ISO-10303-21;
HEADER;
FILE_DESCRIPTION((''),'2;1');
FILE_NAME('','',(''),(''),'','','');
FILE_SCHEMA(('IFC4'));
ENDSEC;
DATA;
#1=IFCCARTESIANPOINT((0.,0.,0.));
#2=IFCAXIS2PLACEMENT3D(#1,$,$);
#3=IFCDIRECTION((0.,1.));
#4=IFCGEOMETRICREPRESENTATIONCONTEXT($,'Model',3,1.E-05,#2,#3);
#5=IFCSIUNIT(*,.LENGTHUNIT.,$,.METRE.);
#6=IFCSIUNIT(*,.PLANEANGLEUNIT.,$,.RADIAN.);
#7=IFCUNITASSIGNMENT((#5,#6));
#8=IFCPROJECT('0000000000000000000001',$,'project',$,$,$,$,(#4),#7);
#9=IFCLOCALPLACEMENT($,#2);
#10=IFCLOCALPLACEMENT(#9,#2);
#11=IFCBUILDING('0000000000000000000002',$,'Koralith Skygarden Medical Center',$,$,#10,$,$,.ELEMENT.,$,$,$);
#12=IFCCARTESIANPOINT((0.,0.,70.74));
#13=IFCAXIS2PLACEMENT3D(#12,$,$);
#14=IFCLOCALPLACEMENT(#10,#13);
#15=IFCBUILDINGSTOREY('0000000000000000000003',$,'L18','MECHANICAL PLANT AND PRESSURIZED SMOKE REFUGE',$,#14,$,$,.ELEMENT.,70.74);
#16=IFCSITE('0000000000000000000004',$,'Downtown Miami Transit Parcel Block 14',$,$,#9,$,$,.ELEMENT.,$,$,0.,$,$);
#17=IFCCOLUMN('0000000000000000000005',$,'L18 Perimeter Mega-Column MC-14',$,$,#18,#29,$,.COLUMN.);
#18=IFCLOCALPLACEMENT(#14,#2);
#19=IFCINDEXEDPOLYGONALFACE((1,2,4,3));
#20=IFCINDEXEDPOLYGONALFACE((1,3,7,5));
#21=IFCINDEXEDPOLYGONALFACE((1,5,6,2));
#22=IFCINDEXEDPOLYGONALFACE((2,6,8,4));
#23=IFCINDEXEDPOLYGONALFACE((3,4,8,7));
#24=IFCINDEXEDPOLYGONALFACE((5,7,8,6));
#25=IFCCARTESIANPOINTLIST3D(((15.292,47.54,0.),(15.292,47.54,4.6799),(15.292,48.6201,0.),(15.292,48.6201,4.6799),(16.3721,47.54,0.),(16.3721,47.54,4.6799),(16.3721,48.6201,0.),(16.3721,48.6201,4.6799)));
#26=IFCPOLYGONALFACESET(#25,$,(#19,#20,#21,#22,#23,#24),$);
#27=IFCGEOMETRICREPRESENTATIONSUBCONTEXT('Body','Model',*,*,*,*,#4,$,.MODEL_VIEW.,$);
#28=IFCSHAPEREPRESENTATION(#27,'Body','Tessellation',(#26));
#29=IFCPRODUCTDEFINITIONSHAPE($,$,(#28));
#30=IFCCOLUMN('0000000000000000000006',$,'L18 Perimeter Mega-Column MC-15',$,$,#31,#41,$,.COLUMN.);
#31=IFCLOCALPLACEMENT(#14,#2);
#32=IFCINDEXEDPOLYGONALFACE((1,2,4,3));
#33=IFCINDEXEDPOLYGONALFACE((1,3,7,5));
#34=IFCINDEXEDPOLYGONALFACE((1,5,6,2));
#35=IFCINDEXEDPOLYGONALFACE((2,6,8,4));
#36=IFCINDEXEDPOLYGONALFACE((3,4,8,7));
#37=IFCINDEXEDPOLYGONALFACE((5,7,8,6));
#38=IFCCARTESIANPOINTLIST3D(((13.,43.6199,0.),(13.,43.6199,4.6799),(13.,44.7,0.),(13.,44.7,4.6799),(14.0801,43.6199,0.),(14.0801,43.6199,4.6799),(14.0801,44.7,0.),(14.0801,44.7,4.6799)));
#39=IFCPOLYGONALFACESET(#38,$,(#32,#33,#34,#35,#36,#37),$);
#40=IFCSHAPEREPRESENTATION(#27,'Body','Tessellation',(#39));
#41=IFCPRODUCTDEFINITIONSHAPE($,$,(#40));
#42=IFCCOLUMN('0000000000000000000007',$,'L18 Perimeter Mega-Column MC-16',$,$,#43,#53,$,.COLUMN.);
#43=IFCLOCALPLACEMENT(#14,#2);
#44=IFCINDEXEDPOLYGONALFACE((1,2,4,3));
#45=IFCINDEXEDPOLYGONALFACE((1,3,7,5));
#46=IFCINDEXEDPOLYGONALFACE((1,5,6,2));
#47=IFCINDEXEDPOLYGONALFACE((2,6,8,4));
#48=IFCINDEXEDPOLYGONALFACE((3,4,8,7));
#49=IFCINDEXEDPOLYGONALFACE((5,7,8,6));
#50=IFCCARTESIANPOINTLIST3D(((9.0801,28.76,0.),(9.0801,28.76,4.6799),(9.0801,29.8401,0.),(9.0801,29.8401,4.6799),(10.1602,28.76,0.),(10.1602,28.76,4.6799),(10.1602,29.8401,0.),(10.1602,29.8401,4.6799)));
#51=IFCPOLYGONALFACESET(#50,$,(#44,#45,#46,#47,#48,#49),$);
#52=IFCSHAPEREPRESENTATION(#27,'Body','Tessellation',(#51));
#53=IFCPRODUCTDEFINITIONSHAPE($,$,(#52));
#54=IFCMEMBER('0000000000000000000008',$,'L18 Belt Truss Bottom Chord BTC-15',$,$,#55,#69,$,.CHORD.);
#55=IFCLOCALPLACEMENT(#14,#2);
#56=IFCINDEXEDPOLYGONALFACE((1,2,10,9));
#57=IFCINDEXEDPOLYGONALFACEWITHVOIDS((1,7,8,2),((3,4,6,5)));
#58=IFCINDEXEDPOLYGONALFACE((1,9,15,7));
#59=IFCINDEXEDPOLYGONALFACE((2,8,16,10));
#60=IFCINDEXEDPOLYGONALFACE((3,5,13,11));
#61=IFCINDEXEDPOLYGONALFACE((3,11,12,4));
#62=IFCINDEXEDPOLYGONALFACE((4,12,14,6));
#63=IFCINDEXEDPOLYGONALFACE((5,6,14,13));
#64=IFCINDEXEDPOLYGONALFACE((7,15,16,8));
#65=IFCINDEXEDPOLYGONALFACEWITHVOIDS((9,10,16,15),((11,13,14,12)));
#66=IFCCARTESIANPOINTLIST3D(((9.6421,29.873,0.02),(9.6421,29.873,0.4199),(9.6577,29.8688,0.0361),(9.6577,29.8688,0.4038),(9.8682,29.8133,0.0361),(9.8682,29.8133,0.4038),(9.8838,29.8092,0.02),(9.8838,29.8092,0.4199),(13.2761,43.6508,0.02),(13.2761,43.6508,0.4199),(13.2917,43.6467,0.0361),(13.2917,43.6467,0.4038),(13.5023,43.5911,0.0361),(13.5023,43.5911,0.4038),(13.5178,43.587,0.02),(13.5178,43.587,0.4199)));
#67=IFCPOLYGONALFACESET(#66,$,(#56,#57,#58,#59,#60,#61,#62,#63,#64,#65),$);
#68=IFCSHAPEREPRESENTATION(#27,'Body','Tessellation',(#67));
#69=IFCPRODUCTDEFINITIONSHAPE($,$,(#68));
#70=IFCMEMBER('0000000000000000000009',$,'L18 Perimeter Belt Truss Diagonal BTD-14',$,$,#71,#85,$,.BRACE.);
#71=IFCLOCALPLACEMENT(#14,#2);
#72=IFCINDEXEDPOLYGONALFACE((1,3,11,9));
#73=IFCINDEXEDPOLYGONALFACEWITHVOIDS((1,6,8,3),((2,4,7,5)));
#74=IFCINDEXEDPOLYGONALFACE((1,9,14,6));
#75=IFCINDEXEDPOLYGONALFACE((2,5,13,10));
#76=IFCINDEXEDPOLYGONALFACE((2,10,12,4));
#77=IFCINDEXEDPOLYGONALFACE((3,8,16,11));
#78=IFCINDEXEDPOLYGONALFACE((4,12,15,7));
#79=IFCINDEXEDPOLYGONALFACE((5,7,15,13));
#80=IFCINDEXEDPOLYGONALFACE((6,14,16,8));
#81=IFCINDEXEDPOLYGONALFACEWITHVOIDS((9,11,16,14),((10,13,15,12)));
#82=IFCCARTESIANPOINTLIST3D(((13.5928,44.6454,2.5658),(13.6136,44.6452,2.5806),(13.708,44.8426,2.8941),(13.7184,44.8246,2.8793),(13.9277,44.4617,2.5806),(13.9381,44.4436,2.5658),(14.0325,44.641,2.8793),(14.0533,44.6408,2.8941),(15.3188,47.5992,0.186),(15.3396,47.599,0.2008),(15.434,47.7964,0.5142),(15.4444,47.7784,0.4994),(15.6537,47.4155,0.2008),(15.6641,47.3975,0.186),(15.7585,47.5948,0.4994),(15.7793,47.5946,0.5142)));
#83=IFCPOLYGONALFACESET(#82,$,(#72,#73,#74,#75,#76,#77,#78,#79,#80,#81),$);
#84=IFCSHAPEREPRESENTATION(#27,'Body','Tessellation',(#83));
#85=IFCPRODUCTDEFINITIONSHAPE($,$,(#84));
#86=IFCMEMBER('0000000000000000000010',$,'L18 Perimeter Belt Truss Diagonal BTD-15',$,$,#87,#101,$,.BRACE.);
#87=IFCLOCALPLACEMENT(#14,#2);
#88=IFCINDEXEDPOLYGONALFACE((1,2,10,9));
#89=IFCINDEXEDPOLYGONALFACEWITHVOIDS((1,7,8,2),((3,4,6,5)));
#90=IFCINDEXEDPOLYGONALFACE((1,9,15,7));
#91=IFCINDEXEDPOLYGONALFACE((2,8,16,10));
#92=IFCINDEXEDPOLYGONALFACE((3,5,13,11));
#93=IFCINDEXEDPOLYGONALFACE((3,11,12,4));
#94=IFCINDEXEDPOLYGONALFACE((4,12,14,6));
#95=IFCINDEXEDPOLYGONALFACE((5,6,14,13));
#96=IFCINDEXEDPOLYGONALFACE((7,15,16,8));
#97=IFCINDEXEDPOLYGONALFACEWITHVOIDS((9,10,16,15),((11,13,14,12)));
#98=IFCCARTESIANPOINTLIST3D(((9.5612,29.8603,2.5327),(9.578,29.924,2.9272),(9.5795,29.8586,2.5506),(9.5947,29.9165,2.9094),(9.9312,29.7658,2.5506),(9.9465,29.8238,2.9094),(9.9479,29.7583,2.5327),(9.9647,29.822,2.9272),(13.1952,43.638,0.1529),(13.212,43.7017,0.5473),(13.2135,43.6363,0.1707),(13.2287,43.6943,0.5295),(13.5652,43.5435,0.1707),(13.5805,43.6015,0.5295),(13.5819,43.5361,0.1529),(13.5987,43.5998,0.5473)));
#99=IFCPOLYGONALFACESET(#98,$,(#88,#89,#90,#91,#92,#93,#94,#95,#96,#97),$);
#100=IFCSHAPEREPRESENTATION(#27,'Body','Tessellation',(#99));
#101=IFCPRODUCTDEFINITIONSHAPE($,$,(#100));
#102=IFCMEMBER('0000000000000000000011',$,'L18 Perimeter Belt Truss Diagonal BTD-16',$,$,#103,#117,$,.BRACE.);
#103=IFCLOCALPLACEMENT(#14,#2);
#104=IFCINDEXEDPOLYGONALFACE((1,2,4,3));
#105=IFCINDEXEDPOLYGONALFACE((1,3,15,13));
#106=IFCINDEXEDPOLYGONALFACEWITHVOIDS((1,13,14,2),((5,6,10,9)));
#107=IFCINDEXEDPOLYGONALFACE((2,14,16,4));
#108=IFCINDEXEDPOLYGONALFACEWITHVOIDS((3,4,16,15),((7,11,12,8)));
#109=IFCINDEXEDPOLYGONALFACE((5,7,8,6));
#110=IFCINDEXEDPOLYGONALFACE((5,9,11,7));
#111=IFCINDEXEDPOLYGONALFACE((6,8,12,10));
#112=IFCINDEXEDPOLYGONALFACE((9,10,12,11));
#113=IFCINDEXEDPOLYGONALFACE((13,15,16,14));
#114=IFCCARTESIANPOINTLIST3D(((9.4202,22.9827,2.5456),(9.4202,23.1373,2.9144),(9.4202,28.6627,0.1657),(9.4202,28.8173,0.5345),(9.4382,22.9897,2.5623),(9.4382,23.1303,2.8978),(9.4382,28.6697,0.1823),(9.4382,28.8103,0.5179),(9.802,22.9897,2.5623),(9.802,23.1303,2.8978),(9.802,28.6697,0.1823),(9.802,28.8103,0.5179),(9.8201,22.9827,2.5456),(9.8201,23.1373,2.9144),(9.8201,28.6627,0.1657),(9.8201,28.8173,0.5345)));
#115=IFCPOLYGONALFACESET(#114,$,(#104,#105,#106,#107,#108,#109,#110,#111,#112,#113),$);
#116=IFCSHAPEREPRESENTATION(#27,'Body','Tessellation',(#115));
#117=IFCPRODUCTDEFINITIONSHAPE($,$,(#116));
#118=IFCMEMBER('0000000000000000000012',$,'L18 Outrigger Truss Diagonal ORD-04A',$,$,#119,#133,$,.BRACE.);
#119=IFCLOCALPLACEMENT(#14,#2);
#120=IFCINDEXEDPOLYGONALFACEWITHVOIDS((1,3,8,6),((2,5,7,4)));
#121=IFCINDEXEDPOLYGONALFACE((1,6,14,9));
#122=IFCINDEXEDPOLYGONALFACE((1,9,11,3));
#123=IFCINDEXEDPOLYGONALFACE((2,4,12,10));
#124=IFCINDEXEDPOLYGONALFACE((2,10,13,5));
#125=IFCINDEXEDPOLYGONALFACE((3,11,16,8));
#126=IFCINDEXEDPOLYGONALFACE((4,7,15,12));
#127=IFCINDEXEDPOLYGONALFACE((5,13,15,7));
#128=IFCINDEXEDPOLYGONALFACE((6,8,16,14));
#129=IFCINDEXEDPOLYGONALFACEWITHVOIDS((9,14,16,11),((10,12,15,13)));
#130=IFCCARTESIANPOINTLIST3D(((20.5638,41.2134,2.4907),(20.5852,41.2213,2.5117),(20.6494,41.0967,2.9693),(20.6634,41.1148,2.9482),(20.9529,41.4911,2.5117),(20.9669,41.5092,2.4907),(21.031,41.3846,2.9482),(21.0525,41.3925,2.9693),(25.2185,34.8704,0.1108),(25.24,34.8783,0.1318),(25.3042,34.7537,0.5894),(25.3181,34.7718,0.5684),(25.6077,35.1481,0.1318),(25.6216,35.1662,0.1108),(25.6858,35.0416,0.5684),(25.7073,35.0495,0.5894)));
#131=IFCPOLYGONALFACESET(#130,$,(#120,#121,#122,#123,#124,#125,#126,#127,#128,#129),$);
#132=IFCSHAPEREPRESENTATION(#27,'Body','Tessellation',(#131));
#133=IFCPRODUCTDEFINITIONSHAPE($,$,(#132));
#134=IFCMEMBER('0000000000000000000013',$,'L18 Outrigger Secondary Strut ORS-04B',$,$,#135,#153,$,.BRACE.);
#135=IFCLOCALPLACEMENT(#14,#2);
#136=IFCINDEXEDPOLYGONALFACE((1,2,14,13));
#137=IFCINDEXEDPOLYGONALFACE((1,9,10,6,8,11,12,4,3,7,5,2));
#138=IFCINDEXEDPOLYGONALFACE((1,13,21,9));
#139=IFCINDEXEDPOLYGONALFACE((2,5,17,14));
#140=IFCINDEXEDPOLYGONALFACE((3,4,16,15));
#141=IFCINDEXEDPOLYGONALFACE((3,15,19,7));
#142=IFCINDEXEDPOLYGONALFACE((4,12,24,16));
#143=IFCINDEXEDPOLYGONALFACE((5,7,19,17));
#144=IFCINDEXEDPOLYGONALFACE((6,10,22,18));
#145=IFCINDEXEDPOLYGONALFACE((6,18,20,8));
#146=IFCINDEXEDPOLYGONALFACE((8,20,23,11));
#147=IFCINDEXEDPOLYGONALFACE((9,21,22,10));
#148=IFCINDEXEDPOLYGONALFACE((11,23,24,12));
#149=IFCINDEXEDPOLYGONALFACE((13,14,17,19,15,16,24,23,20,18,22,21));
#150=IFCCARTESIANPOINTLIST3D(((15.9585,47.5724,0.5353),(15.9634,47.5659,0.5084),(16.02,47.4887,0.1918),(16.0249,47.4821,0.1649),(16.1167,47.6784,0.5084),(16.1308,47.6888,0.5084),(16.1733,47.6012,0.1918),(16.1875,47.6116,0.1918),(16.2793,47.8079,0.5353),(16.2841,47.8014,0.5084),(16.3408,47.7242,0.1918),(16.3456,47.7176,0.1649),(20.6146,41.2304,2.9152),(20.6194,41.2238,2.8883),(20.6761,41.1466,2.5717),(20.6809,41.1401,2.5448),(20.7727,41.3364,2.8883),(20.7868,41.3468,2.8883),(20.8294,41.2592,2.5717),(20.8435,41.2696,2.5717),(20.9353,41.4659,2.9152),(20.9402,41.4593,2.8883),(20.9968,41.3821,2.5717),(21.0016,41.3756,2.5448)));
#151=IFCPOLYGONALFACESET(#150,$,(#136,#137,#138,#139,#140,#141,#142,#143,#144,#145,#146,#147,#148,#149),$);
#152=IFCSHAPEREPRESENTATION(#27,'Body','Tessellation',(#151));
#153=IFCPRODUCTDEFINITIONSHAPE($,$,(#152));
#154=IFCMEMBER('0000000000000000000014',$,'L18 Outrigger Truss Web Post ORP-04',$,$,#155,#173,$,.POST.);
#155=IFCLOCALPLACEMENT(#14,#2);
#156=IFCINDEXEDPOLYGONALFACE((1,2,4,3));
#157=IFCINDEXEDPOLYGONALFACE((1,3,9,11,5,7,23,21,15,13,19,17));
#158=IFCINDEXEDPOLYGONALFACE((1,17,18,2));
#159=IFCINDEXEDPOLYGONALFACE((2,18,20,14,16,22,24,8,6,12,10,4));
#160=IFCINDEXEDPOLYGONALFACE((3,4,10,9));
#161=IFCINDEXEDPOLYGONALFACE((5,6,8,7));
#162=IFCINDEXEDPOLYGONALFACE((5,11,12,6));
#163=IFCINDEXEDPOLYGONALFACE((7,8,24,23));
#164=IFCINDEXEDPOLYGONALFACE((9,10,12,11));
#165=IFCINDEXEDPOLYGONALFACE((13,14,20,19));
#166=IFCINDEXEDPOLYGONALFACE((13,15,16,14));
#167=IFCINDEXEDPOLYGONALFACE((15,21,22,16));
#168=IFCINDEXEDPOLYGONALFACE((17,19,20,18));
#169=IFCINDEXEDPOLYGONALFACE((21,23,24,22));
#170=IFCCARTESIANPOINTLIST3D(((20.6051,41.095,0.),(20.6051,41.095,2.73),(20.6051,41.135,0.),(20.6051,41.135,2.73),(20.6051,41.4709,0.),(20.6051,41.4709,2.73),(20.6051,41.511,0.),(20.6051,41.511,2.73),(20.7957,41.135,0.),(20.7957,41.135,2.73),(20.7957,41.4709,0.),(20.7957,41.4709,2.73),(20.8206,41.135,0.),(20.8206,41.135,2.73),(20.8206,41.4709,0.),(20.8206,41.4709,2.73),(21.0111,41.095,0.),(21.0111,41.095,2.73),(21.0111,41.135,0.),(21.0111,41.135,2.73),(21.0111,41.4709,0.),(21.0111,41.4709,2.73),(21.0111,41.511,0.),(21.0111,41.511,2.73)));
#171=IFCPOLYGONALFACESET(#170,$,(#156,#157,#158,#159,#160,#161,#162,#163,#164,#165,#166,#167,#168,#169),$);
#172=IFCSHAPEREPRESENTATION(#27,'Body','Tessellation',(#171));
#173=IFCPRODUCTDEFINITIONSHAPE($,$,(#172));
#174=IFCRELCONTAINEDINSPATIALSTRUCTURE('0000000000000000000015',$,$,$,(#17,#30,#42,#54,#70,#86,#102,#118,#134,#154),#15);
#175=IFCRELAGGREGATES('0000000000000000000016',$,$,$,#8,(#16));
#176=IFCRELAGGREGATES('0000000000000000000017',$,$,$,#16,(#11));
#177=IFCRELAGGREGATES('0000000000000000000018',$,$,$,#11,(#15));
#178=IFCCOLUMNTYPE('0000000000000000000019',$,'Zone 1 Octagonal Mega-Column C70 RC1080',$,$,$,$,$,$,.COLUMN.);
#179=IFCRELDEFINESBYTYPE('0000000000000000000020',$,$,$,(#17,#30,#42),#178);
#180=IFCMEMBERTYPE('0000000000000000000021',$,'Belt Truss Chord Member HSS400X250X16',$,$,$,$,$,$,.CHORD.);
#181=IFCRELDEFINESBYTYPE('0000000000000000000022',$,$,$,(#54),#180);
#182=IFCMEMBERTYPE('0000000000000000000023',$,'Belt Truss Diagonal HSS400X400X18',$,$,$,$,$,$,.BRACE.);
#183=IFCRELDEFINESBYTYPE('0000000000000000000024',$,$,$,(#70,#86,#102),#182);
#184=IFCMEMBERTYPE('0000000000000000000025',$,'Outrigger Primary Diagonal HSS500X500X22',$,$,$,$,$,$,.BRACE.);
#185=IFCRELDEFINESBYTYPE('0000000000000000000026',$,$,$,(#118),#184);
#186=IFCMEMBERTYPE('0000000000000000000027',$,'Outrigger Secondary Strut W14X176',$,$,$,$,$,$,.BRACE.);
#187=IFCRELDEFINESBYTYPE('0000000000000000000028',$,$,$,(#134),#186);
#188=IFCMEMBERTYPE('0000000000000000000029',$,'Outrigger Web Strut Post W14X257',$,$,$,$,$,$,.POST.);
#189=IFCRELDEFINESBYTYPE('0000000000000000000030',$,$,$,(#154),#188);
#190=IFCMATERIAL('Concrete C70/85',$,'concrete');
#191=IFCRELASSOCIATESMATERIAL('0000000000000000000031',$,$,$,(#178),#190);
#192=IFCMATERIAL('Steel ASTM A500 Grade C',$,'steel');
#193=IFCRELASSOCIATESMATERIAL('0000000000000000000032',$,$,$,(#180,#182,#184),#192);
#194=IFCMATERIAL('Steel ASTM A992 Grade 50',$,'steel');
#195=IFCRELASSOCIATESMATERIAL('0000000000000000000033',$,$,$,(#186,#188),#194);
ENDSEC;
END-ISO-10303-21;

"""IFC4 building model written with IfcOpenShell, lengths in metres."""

from ifc_helpers import new_model, si_unit, direction, frame, origin, origin_2d, place, context, subcontext, project, spatial, rectangle, hollow_rectangle, i_section, extrude, material, material_profile, profile_set, type_object, element, save


model = new_model("IFC4")

# Units and contexts
model_context = context("Model", 3, precision=1e-05, world=origin(), true_north=direction((0.0, 1.0)))
body_context = subcontext(model_context, "Body", "Model", "MODEL_VIEW")
ifc_project = project(units=[si_unit("LENGTHUNIT", "METRE"), si_unit("PLANEANGLEUNIT", "RADIAN")], contexts=[model_context])

# Site, building, storey
site_placement = place(None, origin())
site = spatial("IfcSite", under=ifc_project, at=site_placement, Name="Downtown Miami Transit Parcel Block 14", CompositionType="ELEMENT", RefElevation=0.0)
building_placement = place(site_placement, origin())
building = spatial("IfcBuilding", under=site, at=building_placement, Name="Koralith Skygarden Medical Center", CompositionType="ELEMENT")
storey_placement = place(building_placement, frame((0.0, 0.0, 70.74)))
storey = spatial("IfcBuildingStorey", under=building, at=storey_placement, Name="L18", Description="MECHANICAL PLANT AND PRESSURIZED SMOKE REFUGE", CompositionType="ELEMENT", Elevation=70.74)

# Columns
ifc_material_1 = material(Name="Concrete C70/85", Category="concrete")
ifc_material_profile_1 = material_profile(ifc_material_1, rectangle(XDim=1.0801, YDim=1.0801, at=origin_2d()), Name="RC1080X1080")
ifc_profile_set_1 = profile_set([ifc_material_profile_1], Name="Concrete C70/85")
column_type = type_object("IfcColumnType", Name="Zone 1 Octagonal Mega-Column C70 RC1080", PredefinedType="COLUMN", material=ifc_profile_set_1)
for number, where, z_axis, x_axis, name in (
    (1, (15.832, 48.0801, 0.0), (0.0, 0.0, 1.0), (1.0, 0.0, 0.0), "L18 Perimeter Mega-Column MC-14"),
    (2, (13.54, 44.1599, 0.0), (0.0, 0.0, 1.0), (1.0, 0.0, 0.0), "L18 Perimeter Mega-Column MC-15"),
    (3, (9.6201, 29.3, 0.0), (0.0, 0.0, 1.0), (1.0, 0.0, 0.0), "L18 Perimeter Mega-Column MC-16"),
):
    element("IfcColumn", number, at=place(storey_placement, frame(where, z_axis=z_axis, x_axis=x_axis)), inside=storey, type_object=column_type, Name=name, PredefinedType="COLUMN", context=body_context, shape_type="SweptSolid", body=[
        extrude(rectangle(XDim=1.0801, YDim=1.0801, at=origin_2d()), origin(), (0.0, 0.0, 1.0), 4.6799),
    ])

# Members
ifc_material_2 = material(Name="Steel ASTM A500 Grade C", Category="steel")
ifc_material_profile_2 = material_profile(ifc_material_2, hollow_rectangle(XDim=0.25, YDim=0.3999, WallThickness=0.0161, at=origin_2d()), Name="HSS400X250X16")
ifc_profile_set_2 = profile_set([ifc_material_profile_2], Name="Steel ASTM A500 Grade C")
member_type_1 = type_object("IfcMemberType", Name="Belt Truss Chord Member HSS400X250X16", PredefinedType="CHORD", material=ifc_profile_set_2)
member_1_placement = place(storey_placement, frame((13.397, 43.6189, 0.22), z_axis=(-0.255037, -0.966931, 0.0), x_axis=(0.966931, -0.255037, 0.0)))
element("IfcMember", 4, at=member_1_placement, inside=storey, type_object=member_type_1, Name="L18 Belt Truss Bottom Chord BTC-15", PredefinedType="CHORD", context=body_context, shape_type="SweptSolid", body=[
    extrude(hollow_rectangle(XDim=0.25, YDim=0.3999, WallThickness=0.0161, at=origin_2d()), origin(), (0.0, 0.0, 1.0), 14.249),
])
ifc_material_profile_3 = material_profile(ifc_material_2, hollow_rectangle(XDim=0.3999, YDim=0.3999, WallThickness=0.0181, at=origin_2d()), Name="HSS400X400X18")
ifc_profile_set_3 = profile_set([ifc_material_profile_3], Name="Steel ASTM A500 Grade C")
member_type_2 = type_object("IfcMemberType", Name="Belt Truss Diagonal HSS400X400X18", PredefinedType="BRACE", material=ifc_profile_set_3)
member_2_placement = place(storey_placement, frame((15.5491, 47.5969, 0.3501), z_axis=(-0.41417, -0.708776, 0.571051), x_axis=(0.863398, -0.504523, 0.0)))
element("IfcMember", 5, at=member_2_placement, inside=storey, type_object=member_type_2, Name="L18 Perimeter Belt Truss Diagonal BTD-14", PredefinedType="BRACE", context=body_context, shape_type="SweptSolid", body=[
    extrude(hollow_rectangle(XDim=0.3999, YDim=0.3999, WallThickness=0.0181, at=origin_2d()), origin(), (0.0, 0.0, 1.0), 4.1675),
])
member_3_placement = place(storey_placement, frame((13.397, 43.6189, 0.3501), z_axis=(-0.251553, -0.95372, 0.164739), x_axis=(0.966931, -0.255037, 0.0)))
element("IfcMember", 6, at=member_3_placement, inside=storey, type_object=member_type_2, Name="L18 Perimeter Belt Truss Diagonal BTD-15", PredefinedType="BRACE", context=body_context, shape_type="SweptSolid", body=[
    extrude(hollow_rectangle(XDim=0.3999, YDim=0.3999, WallThickness=0.0181, at=origin_2d()), origin(), (0.0, 0.0, 1.0), 14.4463),
])
member_4_placement = place(storey_placement, frame((9.6201, 28.74, 0.3501), z_axis=(0.0, -0.922312, 0.386447), x_axis=(1.0, 0.0, 0.0)))
element("IfcMember", 7, at=member_4_placement, inside=storey, type_object=member_type_2, Name="L18 Perimeter Belt Truss Diagonal BTD-16", PredefinedType="BRACE", context=body_context, shape_type="SweptSolid", body=[
    extrude(hollow_rectangle(XDim=0.3999, YDim=0.3999, WallThickness=0.0181, at=origin_2d()), origin(), (0.0, 0.0, 1.0), 6.1584),
])
ifc_material_profile_4 = material_profile(ifc_material_2, hollow_rectangle(XDim=0.5, YDim=0.5, WallThickness=0.022, at=origin_2d()), Name="HSS500X500X22")
ifc_profile_set_4 = profile_set([ifc_material_profile_4], Name="Steel ASTM A500 Grade C")
member_type_3 = type_object("IfcMemberType", Name="Outrigger Primary Diagonal HSS500X500X22", PredefinedType="BRACE", material=ifc_profile_set_4)
member_5_placement = place(storey_placement, frame((25.4629, 34.96, 0.3501), z_axis=(-0.566291, 0.771678, 0.289531), x_axis=(-0.806209, -0.591631, 0.0)))
element("IfcMember", 8, at=member_5_placement, inside=storey, type_object=member_type_3, Name="L18 Outrigger Truss Diagonal ORD-04A", PredefinedType="BRACE", context=body_context, shape_type="SweptSolid", body=[
    extrude(hollow_rectangle(XDim=0.5, YDim=0.5, WallThickness=0.022, at=origin_2d()), origin(), (0.0, 0.0, 1.0), 8.2197),
])
ifc_material_3 = material(Name="Steel ASTM A992 Grade 50", Category="steel")
ifc_material_profile_5 = material_profile(ifc_material_3, i_section(OverallWidth=0.3979, OverallDepth=0.387, WebThickness=0.0176, FlangeThickness=0.0281, at=origin_2d()), Name="W14X176")
ifc_profile_set_5 = profile_set([ifc_material_profile_5], Name="Steel ASTM A992 Grade 50")
member_type_4 = type_object("IfcMemberType", Name="Outrigger Secondary Strut W14X176", PredefinedType="BRACE", material=ifc_profile_set_5)
member_6_placement = place(storey_placement, frame((20.8081, 41.303, 2.73), z_axis=(-0.566444, 0.771565, -0.289533), x_axis=(-0.806091, -0.591791, 0.0)))
element("IfcMember", 9, at=member_6_placement, inside=storey, type_object=member_type_4, Name="L18 Outrigger Secondary Strut ORS-04B", PredefinedType="BRACE", context=body_context, shape_type="SweptSolid", body=[
    extrude(i_section(OverallWidth=0.3979, OverallDepth=0.387, WebThickness=0.0176, FlangeThickness=0.0281, at=origin_2d()), origin(), (0.0, 0.0, 1.0), 8.2197),
])
ifc_material_profile_6 = material_profile(ifc_material_3, i_section(OverallWidth=0.406, OverallDepth=0.416, WebThickness=0.0249, FlangeThickness=0.04, at=origin_2d()), Name="W14X257")
ifc_profile_set_6 = profile_set([ifc_material_profile_6], Name="Steel ASTM A992 Grade 50")
member_type_5 = type_object("IfcMemberType", Name="Outrigger Web Strut Post W14X257", PredefinedType="POST", material=ifc_profile_set_6)
member_7_placement = place(storey_placement, frame((20.8081, 41.303, 0.0), z_axis=(0.0, 0.0, 1.0), x_axis=(1.0, 0.0, 0.0)))
element("IfcMember", 10, at=member_7_placement, inside=storey, type_object=member_type_5, Name="L18 Outrigger Truss Web Post ORP-04", PredefinedType="POST", context=body_context, shape_type="SweptSolid", body=[
    extrude(i_section(OverallWidth=0.406, OverallDepth=0.416, WebThickness=0.0249, FlangeThickness=0.04, at=origin_2d()), origin(), (0.0, 0.0, 1.0), 2.73),
])

save(model, "model.ifc")
